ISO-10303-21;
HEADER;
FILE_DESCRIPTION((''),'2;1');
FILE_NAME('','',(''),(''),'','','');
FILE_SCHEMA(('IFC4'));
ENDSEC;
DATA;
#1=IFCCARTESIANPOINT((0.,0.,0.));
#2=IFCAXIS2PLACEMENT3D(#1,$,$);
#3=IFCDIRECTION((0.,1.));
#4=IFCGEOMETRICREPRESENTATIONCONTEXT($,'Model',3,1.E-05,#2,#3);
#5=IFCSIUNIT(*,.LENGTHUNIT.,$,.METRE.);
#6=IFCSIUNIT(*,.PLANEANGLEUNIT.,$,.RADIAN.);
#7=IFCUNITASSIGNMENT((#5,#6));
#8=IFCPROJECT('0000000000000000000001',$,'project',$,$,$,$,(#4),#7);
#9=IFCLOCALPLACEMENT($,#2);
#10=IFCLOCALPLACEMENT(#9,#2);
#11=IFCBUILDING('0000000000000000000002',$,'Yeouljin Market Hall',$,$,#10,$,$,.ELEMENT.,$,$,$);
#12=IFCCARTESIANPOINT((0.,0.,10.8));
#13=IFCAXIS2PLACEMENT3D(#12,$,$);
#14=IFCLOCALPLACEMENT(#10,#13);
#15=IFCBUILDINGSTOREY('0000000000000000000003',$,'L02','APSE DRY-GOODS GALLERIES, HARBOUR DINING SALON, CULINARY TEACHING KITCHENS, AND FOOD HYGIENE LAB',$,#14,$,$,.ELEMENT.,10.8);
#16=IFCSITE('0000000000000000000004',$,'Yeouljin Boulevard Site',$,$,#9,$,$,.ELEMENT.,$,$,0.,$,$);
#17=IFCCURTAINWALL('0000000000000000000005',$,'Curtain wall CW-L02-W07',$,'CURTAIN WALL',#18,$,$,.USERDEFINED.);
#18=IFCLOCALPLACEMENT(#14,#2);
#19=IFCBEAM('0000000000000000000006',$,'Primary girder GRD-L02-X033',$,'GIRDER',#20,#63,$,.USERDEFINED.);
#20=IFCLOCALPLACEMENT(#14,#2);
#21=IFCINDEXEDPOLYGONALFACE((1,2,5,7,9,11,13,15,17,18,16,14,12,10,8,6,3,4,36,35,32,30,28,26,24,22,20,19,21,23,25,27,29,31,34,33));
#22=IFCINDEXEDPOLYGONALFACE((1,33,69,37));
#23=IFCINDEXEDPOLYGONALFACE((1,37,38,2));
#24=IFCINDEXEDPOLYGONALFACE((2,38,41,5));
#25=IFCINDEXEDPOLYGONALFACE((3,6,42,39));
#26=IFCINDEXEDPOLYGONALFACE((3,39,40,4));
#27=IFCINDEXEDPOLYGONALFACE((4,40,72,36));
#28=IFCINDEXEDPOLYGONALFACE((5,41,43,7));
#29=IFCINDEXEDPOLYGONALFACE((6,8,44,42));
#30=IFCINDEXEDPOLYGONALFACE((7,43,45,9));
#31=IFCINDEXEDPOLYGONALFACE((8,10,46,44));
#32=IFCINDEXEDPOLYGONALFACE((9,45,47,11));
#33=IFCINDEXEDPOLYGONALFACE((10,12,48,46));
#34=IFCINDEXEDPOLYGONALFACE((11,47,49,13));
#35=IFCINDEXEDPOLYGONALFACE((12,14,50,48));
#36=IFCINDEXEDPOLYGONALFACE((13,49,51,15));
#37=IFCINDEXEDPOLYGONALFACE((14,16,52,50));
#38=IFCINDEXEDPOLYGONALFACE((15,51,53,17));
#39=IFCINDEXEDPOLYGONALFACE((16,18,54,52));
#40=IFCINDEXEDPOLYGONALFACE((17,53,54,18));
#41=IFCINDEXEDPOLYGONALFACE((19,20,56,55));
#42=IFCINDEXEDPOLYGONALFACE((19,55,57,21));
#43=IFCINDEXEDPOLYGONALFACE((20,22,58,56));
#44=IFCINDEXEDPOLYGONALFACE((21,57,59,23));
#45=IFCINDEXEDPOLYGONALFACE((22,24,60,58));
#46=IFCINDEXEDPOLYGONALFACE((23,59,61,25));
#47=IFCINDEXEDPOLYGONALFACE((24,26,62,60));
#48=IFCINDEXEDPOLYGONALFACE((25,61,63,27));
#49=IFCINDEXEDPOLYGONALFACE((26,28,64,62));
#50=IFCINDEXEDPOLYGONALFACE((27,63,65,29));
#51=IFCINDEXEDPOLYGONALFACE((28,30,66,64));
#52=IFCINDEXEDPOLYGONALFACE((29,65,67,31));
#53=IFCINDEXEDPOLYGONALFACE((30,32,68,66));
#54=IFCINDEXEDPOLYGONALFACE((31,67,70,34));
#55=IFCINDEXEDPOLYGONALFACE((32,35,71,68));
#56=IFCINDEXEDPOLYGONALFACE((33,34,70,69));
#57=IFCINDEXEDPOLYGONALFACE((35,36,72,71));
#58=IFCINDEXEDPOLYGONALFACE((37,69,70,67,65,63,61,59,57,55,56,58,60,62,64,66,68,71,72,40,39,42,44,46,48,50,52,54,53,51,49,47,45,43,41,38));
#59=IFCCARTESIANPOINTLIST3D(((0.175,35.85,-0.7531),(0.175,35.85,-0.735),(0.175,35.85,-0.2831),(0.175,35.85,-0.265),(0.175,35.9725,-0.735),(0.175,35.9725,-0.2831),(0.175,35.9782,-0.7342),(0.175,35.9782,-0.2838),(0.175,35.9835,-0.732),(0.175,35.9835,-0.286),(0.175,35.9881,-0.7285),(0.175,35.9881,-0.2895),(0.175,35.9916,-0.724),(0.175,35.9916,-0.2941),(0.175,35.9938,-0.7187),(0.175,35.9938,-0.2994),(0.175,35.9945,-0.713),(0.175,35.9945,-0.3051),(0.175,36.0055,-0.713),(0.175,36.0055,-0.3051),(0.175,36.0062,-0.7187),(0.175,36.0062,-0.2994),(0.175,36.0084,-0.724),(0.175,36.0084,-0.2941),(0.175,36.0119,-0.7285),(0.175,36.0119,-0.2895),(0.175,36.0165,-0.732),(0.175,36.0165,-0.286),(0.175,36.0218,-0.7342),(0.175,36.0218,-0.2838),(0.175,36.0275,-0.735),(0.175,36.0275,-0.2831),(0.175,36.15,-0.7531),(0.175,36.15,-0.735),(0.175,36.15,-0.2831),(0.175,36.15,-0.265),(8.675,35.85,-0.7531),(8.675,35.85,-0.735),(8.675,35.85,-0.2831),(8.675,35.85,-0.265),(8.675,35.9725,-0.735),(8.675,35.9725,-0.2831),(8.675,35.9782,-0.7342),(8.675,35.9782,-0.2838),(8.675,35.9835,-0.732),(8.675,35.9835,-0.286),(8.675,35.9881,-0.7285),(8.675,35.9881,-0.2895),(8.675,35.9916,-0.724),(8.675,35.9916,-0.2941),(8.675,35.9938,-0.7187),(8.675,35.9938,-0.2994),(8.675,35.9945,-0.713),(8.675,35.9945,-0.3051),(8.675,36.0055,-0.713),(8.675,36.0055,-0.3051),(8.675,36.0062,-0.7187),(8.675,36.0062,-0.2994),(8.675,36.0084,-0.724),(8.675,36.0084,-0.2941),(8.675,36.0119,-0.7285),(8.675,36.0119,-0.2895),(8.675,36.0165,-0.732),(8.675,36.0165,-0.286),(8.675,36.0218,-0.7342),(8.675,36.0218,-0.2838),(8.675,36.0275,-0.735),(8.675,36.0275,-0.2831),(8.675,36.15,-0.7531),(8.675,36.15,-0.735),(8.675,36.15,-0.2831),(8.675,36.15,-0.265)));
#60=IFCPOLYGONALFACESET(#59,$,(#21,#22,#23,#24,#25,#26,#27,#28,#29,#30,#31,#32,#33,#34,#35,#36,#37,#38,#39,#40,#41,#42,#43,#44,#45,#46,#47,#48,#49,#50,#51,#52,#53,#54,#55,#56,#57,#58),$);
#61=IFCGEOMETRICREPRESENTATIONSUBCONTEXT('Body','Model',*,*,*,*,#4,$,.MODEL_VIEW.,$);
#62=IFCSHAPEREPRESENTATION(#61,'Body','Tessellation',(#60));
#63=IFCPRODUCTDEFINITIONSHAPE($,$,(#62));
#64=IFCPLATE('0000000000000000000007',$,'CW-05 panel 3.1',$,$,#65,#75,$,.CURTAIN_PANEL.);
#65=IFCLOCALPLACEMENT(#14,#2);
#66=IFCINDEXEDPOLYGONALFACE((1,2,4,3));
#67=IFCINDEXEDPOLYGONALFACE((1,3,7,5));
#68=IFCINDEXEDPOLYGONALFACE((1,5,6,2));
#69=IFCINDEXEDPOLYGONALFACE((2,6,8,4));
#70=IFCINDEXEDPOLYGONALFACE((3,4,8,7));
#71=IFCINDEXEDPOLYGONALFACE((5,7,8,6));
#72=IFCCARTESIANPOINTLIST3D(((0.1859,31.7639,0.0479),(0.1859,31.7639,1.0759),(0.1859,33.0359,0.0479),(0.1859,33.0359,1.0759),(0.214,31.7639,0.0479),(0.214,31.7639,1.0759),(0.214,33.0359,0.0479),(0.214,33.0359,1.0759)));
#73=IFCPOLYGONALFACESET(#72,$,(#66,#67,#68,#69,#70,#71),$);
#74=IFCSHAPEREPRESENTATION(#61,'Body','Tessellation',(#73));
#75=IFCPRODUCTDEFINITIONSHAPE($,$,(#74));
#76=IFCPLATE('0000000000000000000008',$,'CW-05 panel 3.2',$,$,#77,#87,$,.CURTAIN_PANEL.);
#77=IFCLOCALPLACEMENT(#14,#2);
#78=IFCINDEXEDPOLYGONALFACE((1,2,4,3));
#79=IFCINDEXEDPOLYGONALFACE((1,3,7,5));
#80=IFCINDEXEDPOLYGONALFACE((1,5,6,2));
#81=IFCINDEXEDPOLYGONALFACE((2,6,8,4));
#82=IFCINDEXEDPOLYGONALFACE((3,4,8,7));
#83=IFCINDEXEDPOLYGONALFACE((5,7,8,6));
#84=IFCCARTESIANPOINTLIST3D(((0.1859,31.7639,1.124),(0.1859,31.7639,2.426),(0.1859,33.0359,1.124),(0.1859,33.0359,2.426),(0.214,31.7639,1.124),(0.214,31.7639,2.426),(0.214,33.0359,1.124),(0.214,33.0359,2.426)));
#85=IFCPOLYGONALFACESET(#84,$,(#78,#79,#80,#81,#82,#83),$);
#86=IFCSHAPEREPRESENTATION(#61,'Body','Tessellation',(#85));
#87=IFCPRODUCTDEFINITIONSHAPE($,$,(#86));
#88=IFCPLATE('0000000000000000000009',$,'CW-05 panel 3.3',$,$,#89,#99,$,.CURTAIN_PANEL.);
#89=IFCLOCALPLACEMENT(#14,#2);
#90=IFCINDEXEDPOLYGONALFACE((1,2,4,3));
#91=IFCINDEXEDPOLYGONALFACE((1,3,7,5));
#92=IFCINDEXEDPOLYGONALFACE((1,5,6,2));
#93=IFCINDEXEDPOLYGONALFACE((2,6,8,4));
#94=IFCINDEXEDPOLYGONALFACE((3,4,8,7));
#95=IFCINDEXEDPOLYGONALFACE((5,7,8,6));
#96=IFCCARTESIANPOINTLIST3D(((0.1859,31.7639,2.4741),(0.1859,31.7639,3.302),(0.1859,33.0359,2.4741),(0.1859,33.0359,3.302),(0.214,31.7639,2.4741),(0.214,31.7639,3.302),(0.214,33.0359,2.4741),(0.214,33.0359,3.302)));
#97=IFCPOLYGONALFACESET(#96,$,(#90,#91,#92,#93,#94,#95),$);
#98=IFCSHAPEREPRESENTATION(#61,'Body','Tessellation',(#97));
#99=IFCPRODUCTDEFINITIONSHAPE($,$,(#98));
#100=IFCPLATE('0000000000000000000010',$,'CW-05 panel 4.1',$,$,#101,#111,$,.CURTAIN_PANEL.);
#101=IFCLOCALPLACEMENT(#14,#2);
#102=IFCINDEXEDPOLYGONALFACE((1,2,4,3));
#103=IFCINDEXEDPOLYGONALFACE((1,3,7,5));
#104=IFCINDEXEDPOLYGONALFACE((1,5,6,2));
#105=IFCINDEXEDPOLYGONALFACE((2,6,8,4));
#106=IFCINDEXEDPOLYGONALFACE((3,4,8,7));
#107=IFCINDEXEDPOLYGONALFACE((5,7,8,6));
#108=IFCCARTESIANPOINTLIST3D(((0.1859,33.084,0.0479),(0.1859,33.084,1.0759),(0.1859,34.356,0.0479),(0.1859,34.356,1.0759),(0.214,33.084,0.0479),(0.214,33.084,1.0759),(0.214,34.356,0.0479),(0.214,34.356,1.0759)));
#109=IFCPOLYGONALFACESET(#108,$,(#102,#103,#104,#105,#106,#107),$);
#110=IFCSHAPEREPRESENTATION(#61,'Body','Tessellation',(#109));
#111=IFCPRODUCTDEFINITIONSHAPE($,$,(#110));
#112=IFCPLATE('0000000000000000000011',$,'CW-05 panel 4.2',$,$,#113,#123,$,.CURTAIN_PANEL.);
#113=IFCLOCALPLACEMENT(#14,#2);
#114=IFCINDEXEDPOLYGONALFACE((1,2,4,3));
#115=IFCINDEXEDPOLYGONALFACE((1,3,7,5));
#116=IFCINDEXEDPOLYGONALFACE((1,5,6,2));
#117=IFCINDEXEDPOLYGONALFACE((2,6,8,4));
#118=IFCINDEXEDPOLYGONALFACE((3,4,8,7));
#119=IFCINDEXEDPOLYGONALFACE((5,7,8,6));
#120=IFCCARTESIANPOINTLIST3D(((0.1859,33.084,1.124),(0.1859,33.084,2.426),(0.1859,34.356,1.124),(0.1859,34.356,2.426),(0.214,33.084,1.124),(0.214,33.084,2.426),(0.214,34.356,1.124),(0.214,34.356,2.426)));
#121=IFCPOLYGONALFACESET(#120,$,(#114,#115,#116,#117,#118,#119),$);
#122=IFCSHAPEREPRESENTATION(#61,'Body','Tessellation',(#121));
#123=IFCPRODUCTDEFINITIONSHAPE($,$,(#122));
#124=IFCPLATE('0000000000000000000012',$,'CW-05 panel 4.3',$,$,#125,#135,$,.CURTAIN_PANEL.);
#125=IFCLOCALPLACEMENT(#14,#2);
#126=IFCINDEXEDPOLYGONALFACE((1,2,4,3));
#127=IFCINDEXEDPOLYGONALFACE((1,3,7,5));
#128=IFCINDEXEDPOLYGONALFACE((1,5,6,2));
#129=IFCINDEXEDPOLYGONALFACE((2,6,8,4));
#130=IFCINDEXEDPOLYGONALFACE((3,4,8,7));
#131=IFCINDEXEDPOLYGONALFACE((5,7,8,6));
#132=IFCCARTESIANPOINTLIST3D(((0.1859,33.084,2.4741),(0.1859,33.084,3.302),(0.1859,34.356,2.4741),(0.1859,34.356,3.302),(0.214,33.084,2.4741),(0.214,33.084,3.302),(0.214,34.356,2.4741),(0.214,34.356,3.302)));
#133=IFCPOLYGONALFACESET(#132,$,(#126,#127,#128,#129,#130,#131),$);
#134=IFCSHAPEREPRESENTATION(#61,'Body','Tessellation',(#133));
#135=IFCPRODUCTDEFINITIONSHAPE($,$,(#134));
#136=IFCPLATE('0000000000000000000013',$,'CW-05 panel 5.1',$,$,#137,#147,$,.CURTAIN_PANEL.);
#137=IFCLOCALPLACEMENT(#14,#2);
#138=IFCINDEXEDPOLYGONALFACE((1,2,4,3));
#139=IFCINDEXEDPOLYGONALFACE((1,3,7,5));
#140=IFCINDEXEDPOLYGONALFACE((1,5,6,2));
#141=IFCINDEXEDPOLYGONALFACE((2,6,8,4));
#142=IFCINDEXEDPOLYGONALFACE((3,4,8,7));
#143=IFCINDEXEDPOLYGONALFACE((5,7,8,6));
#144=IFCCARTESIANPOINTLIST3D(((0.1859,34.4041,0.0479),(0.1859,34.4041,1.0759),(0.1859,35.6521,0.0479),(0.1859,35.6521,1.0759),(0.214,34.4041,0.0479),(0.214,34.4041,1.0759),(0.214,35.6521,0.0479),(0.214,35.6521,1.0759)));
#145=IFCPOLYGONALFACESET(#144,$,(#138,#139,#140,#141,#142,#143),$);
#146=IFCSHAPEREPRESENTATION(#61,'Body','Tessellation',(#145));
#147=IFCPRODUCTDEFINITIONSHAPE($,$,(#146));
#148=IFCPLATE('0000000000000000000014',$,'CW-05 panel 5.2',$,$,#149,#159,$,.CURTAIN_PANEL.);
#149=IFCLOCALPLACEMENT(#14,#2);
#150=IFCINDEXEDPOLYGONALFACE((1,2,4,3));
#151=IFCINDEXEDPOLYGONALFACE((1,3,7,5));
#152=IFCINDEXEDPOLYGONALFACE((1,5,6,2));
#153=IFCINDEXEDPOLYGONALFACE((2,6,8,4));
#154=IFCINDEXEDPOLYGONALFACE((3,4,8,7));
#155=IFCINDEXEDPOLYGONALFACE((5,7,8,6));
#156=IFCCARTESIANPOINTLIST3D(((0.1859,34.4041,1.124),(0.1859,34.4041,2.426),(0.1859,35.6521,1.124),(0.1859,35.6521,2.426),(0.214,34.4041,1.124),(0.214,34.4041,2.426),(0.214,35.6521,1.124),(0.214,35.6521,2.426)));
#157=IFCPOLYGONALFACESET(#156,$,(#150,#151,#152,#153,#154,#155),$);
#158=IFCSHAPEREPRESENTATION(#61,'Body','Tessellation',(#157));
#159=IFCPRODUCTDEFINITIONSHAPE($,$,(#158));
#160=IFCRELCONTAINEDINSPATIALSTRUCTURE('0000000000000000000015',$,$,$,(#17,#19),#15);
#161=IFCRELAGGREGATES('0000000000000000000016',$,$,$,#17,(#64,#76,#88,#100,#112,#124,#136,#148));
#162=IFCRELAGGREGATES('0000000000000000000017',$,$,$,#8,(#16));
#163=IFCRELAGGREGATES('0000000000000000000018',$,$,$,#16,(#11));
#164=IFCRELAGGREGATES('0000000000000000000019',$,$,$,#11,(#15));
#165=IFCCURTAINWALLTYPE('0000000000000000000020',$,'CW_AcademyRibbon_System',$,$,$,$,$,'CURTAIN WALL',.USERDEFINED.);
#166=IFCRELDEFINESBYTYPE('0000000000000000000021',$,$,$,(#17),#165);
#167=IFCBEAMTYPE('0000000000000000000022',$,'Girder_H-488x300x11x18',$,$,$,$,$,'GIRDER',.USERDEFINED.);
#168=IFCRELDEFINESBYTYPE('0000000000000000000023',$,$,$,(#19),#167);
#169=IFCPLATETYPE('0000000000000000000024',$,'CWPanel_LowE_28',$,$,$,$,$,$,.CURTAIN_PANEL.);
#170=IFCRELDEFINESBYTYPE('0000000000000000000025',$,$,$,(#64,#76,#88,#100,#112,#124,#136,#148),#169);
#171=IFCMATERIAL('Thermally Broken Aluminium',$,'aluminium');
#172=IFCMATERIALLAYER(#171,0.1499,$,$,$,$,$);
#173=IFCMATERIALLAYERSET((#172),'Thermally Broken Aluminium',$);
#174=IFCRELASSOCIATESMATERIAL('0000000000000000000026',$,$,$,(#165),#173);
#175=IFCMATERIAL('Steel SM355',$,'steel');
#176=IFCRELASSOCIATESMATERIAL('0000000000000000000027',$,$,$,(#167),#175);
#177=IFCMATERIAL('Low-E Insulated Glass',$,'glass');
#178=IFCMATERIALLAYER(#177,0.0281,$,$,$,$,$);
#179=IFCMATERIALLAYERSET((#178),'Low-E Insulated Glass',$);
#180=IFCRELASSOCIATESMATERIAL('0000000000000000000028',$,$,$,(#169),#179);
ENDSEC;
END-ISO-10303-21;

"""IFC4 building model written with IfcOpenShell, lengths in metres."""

from ifc_helpers import new_model, si_unit, direction, frame, origin, origin_2d, place, context, subcontext, project, spatial, rectangle, i_section, extrude, material, layer, layer_set, material_profile, profile_set, type_object, element, aggregate, save


model = new_model("IFC4")

# Units and contexts
model_context = context("Model", 3, precision=1e-05, world=origin(), true_north=direction((0.0, 1.0)))
body_context = subcontext(model_context, "Body", "Model", "MODEL_VIEW")
ifc_project = project(units=[si_unit("LENGTHUNIT", "METRE"), si_unit("PLANEANGLEUNIT", "RADIAN")], contexts=[model_context])

# Site, building, storey
site_placement = place(None, origin())
site = spatial("IfcSite", under=ifc_project, at=site_placement, Name="Yeouljin Boulevard Site", CompositionType="ELEMENT", RefElevation=0.0)
building_placement = place(site_placement, origin())
building = spatial("IfcBuilding", under=site, at=building_placement, Name="Yeouljin Market Hall", CompositionType="ELEMENT")
storey_placement = place(building_placement, frame((0.0, 0.0, 10.8)))
storey = spatial("IfcBuildingStorey", under=building, at=storey_placement, Name="L02", Description="APSE DRY-GOODS GALLERIES, HARBOUR DINING SALON, CULINARY TEACHING KITCHENS, AND FOOD HYGIENE LAB", CompositionType="ELEMENT", Elevation=10.8)

# Curtain wall
ifc_material_1 = material(Name="Thermally Broken Aluminium", Category="aluminium")
ifc_layer_1 = layer(ifc_material_1, 0.1499)
ifc_layer_set_1 = layer_set([ifc_layer_1], Name="Thermally Broken Aluminium")
curtain_wall_type = type_object("IfcCurtainWallType", Name="CW_AcademyRibbon_System", ElementType="CURTAIN WALL", PredefinedType="USERDEFINED", material=ifc_layer_set_1)
curtain_wall_placement = place(storey_placement, origin())
curtain_wall = element("IfcCurtainWall", 1, at=curtain_wall_placement, inside=storey, type_object=curtain_wall_type, Name="Curtain wall CW-L02-W07", ObjectType="CURTAIN WALL", PredefinedType="USERDEFINED")

# Beam
ifc_material_2 = material(Name="Steel SM355", Category="steel")
ifc_material_profile_1 = material_profile(ifc_material_2, i_section(OverallWidth=0.3, OverallDepth=0.488, WebThickness=0.011, FlangeThickness=0.0181, FilletRadius=0.022, at=origin_2d()), Name="H-488x300x11x18")
ifc_profile_set_1 = profile_set([ifc_material_profile_1], Name="Steel SM355")
beam_type = type_object("IfcBeamType", Name="Girder_H-488x300x11x18", ElementType="GIRDER", PredefinedType="USERDEFINED", material=ifc_profile_set_1)
beam_placement = place(storey_placement, frame((0.175, 36.0, -0.509), z_axis=(1.0, 0.0, 0.0), x_axis=(0.0, 1.0, 0.0)))
element("IfcBeam", 2, at=beam_placement, inside=storey, type_object=beam_type, Name="Primary girder GRD-L02-X033", ObjectType="GIRDER", PredefinedType="USERDEFINED", context=body_context, shape_type="SweptSolid", body=[
    extrude(i_section(OverallWidth=0.3, OverallDepth=0.488, WebThickness=0.011, FlangeThickness=0.0181, FilletRadius=0.022, at=origin_2d()), origin(), (0.0, 0.0, 1.0), 8.5),
])

# Plates
ifc_material_3 = material(Name="Low-E Insulated Glass", Category="glass")
ifc_layer_2 = layer(ifc_material_3, 0.0281)
ifc_layer_set_2 = layer_set([ifc_layer_2], Name="Low-E Insulated Glass")
plate_type = type_object("IfcPlateType", Name="CWPanel_LowE_28", PredefinedType="CURTAIN_PANEL", material=ifc_layer_set_2)
plate_1_placement = place(storey_placement, frame((0.2, 32.3999, 0.0479), z_axis=(0.0, 0.0, 1.0), x_axis=(0.0, 1.0, 0.0)))
plate_1 = element("IfcPlate", 3, at=plate_1_placement, type_object=plate_type, Name="CW-05 panel 3.1", PredefinedType="CURTAIN_PANEL", context=body_context, shape_type="SweptSolid", body=[
    extrude(rectangle(XDim=1.272, YDim=0.0281, at=origin_2d()), origin(), (0.0, 0.0, 1.0), 1.0281),
])
plate_2_placement = place(storey_placement, frame((0.2, 32.3999, 1.124), z_axis=(0.0, 0.0, 1.0), x_axis=(0.0, 1.0, 0.0)))
plate_2 = element("IfcPlate", 4, at=plate_2_placement, type_object=plate_type, Name="CW-05 panel 3.2", PredefinedType="CURTAIN_PANEL", context=body_context, shape_type="SweptSolid", body=[
    extrude(rectangle(XDim=1.272, YDim=0.0281, at=origin_2d()), origin(), (0.0, 0.0, 1.0), 1.302),
])
plate_3_placement = place(storey_placement, frame((0.2, 32.3999, 2.4741), z_axis=(0.0, 0.0, 1.0), x_axis=(0.0, 1.0, 0.0)))
plate_3 = element("IfcPlate", 5, at=plate_3_placement, type_object=plate_type, Name="CW-05 panel 3.3", PredefinedType="CURTAIN_PANEL", context=body_context, shape_type="SweptSolid", body=[
    extrude(rectangle(XDim=1.272, YDim=0.0281, at=origin_2d()), origin(), (0.0, 0.0, 1.0), 0.8279),
])
plate_4_placement = place(storey_placement, frame((0.2, 33.72, 0.0479), z_axis=(0.0, 0.0, 1.0), x_axis=(0.0, 1.0, 0.0)))
plate_4 = element("IfcPlate", 6, at=plate_4_placement, type_object=plate_type, Name="CW-05 panel 4.1", PredefinedType="CURTAIN_PANEL", context=body_context, shape_type="SweptSolid", body=[
    extrude(rectangle(XDim=1.272, YDim=0.0281, at=origin_2d()), origin(), (0.0, 0.0, 1.0), 1.0281),
])
plate_5_placement = place(storey_placement, frame((0.2, 33.72, 1.124), z_axis=(0.0, 0.0, 1.0), x_axis=(0.0, 1.0, 0.0)))
plate_5 = element("IfcPlate", 7, at=plate_5_placement, type_object=plate_type, Name="CW-05 panel 4.2", PredefinedType="CURTAIN_PANEL", context=body_context, shape_type="SweptSolid", body=[
    extrude(rectangle(XDim=1.272, YDim=0.0281, at=origin_2d()), origin(), (0.0, 0.0, 1.0), 1.302),
])
plate_6_placement = place(storey_placement, frame((0.2, 33.72, 2.4741), z_axis=(0.0, 0.0, 1.0), x_axis=(0.0, 1.0, 0.0)))
plate_6 = element("IfcPlate", 8, at=plate_6_placement, type_object=plate_type, Name="CW-05 panel 4.3", PredefinedType="CURTAIN_PANEL", context=body_context, shape_type="SweptSolid", body=[
    extrude(rectangle(XDim=1.272, YDim=0.0281, at=origin_2d()), origin(), (0.0, 0.0, 1.0), 0.8279),
])
plate_7_placement = place(storey_placement, frame((0.2, 35.0281, 0.0479), z_axis=(0.0, 0.0, 1.0), x_axis=(0.0, 1.0, 0.0)))
plate_7 = element("IfcPlate", 9, at=plate_7_placement, type_object=plate_type, Name="CW-05 panel 5.1", PredefinedType="CURTAIN_PANEL", context=body_context, shape_type="SweptSolid", body=[
    extrude(rectangle(XDim=1.248, YDim=0.0281, at=origin_2d()), origin(), (0.0, 0.0, 1.0), 1.0281),
])
plate_8_placement = place(storey_placement, frame((0.2, 35.0281, 1.124), z_axis=(0.0, 0.0, 1.0), x_axis=(0.0, 1.0, 0.0)))
plate_8 = element("IfcPlate", 10, at=plate_8_placement, type_object=plate_type, Name="CW-05 panel 5.2", PredefinedType="CURTAIN_PANEL", context=body_context, shape_type="SweptSolid", body=[
    extrude(rectangle(XDim=1.248, YDim=0.0281, at=origin_2d()), origin(), (0.0, 0.0, 1.0), 1.302),
])
aggregate(curtain_wall, [plate_1, plate_2, plate_3, plate_4, plate_5, plate_6, plate_7, plate_8])

save(model, "model.ifc")
